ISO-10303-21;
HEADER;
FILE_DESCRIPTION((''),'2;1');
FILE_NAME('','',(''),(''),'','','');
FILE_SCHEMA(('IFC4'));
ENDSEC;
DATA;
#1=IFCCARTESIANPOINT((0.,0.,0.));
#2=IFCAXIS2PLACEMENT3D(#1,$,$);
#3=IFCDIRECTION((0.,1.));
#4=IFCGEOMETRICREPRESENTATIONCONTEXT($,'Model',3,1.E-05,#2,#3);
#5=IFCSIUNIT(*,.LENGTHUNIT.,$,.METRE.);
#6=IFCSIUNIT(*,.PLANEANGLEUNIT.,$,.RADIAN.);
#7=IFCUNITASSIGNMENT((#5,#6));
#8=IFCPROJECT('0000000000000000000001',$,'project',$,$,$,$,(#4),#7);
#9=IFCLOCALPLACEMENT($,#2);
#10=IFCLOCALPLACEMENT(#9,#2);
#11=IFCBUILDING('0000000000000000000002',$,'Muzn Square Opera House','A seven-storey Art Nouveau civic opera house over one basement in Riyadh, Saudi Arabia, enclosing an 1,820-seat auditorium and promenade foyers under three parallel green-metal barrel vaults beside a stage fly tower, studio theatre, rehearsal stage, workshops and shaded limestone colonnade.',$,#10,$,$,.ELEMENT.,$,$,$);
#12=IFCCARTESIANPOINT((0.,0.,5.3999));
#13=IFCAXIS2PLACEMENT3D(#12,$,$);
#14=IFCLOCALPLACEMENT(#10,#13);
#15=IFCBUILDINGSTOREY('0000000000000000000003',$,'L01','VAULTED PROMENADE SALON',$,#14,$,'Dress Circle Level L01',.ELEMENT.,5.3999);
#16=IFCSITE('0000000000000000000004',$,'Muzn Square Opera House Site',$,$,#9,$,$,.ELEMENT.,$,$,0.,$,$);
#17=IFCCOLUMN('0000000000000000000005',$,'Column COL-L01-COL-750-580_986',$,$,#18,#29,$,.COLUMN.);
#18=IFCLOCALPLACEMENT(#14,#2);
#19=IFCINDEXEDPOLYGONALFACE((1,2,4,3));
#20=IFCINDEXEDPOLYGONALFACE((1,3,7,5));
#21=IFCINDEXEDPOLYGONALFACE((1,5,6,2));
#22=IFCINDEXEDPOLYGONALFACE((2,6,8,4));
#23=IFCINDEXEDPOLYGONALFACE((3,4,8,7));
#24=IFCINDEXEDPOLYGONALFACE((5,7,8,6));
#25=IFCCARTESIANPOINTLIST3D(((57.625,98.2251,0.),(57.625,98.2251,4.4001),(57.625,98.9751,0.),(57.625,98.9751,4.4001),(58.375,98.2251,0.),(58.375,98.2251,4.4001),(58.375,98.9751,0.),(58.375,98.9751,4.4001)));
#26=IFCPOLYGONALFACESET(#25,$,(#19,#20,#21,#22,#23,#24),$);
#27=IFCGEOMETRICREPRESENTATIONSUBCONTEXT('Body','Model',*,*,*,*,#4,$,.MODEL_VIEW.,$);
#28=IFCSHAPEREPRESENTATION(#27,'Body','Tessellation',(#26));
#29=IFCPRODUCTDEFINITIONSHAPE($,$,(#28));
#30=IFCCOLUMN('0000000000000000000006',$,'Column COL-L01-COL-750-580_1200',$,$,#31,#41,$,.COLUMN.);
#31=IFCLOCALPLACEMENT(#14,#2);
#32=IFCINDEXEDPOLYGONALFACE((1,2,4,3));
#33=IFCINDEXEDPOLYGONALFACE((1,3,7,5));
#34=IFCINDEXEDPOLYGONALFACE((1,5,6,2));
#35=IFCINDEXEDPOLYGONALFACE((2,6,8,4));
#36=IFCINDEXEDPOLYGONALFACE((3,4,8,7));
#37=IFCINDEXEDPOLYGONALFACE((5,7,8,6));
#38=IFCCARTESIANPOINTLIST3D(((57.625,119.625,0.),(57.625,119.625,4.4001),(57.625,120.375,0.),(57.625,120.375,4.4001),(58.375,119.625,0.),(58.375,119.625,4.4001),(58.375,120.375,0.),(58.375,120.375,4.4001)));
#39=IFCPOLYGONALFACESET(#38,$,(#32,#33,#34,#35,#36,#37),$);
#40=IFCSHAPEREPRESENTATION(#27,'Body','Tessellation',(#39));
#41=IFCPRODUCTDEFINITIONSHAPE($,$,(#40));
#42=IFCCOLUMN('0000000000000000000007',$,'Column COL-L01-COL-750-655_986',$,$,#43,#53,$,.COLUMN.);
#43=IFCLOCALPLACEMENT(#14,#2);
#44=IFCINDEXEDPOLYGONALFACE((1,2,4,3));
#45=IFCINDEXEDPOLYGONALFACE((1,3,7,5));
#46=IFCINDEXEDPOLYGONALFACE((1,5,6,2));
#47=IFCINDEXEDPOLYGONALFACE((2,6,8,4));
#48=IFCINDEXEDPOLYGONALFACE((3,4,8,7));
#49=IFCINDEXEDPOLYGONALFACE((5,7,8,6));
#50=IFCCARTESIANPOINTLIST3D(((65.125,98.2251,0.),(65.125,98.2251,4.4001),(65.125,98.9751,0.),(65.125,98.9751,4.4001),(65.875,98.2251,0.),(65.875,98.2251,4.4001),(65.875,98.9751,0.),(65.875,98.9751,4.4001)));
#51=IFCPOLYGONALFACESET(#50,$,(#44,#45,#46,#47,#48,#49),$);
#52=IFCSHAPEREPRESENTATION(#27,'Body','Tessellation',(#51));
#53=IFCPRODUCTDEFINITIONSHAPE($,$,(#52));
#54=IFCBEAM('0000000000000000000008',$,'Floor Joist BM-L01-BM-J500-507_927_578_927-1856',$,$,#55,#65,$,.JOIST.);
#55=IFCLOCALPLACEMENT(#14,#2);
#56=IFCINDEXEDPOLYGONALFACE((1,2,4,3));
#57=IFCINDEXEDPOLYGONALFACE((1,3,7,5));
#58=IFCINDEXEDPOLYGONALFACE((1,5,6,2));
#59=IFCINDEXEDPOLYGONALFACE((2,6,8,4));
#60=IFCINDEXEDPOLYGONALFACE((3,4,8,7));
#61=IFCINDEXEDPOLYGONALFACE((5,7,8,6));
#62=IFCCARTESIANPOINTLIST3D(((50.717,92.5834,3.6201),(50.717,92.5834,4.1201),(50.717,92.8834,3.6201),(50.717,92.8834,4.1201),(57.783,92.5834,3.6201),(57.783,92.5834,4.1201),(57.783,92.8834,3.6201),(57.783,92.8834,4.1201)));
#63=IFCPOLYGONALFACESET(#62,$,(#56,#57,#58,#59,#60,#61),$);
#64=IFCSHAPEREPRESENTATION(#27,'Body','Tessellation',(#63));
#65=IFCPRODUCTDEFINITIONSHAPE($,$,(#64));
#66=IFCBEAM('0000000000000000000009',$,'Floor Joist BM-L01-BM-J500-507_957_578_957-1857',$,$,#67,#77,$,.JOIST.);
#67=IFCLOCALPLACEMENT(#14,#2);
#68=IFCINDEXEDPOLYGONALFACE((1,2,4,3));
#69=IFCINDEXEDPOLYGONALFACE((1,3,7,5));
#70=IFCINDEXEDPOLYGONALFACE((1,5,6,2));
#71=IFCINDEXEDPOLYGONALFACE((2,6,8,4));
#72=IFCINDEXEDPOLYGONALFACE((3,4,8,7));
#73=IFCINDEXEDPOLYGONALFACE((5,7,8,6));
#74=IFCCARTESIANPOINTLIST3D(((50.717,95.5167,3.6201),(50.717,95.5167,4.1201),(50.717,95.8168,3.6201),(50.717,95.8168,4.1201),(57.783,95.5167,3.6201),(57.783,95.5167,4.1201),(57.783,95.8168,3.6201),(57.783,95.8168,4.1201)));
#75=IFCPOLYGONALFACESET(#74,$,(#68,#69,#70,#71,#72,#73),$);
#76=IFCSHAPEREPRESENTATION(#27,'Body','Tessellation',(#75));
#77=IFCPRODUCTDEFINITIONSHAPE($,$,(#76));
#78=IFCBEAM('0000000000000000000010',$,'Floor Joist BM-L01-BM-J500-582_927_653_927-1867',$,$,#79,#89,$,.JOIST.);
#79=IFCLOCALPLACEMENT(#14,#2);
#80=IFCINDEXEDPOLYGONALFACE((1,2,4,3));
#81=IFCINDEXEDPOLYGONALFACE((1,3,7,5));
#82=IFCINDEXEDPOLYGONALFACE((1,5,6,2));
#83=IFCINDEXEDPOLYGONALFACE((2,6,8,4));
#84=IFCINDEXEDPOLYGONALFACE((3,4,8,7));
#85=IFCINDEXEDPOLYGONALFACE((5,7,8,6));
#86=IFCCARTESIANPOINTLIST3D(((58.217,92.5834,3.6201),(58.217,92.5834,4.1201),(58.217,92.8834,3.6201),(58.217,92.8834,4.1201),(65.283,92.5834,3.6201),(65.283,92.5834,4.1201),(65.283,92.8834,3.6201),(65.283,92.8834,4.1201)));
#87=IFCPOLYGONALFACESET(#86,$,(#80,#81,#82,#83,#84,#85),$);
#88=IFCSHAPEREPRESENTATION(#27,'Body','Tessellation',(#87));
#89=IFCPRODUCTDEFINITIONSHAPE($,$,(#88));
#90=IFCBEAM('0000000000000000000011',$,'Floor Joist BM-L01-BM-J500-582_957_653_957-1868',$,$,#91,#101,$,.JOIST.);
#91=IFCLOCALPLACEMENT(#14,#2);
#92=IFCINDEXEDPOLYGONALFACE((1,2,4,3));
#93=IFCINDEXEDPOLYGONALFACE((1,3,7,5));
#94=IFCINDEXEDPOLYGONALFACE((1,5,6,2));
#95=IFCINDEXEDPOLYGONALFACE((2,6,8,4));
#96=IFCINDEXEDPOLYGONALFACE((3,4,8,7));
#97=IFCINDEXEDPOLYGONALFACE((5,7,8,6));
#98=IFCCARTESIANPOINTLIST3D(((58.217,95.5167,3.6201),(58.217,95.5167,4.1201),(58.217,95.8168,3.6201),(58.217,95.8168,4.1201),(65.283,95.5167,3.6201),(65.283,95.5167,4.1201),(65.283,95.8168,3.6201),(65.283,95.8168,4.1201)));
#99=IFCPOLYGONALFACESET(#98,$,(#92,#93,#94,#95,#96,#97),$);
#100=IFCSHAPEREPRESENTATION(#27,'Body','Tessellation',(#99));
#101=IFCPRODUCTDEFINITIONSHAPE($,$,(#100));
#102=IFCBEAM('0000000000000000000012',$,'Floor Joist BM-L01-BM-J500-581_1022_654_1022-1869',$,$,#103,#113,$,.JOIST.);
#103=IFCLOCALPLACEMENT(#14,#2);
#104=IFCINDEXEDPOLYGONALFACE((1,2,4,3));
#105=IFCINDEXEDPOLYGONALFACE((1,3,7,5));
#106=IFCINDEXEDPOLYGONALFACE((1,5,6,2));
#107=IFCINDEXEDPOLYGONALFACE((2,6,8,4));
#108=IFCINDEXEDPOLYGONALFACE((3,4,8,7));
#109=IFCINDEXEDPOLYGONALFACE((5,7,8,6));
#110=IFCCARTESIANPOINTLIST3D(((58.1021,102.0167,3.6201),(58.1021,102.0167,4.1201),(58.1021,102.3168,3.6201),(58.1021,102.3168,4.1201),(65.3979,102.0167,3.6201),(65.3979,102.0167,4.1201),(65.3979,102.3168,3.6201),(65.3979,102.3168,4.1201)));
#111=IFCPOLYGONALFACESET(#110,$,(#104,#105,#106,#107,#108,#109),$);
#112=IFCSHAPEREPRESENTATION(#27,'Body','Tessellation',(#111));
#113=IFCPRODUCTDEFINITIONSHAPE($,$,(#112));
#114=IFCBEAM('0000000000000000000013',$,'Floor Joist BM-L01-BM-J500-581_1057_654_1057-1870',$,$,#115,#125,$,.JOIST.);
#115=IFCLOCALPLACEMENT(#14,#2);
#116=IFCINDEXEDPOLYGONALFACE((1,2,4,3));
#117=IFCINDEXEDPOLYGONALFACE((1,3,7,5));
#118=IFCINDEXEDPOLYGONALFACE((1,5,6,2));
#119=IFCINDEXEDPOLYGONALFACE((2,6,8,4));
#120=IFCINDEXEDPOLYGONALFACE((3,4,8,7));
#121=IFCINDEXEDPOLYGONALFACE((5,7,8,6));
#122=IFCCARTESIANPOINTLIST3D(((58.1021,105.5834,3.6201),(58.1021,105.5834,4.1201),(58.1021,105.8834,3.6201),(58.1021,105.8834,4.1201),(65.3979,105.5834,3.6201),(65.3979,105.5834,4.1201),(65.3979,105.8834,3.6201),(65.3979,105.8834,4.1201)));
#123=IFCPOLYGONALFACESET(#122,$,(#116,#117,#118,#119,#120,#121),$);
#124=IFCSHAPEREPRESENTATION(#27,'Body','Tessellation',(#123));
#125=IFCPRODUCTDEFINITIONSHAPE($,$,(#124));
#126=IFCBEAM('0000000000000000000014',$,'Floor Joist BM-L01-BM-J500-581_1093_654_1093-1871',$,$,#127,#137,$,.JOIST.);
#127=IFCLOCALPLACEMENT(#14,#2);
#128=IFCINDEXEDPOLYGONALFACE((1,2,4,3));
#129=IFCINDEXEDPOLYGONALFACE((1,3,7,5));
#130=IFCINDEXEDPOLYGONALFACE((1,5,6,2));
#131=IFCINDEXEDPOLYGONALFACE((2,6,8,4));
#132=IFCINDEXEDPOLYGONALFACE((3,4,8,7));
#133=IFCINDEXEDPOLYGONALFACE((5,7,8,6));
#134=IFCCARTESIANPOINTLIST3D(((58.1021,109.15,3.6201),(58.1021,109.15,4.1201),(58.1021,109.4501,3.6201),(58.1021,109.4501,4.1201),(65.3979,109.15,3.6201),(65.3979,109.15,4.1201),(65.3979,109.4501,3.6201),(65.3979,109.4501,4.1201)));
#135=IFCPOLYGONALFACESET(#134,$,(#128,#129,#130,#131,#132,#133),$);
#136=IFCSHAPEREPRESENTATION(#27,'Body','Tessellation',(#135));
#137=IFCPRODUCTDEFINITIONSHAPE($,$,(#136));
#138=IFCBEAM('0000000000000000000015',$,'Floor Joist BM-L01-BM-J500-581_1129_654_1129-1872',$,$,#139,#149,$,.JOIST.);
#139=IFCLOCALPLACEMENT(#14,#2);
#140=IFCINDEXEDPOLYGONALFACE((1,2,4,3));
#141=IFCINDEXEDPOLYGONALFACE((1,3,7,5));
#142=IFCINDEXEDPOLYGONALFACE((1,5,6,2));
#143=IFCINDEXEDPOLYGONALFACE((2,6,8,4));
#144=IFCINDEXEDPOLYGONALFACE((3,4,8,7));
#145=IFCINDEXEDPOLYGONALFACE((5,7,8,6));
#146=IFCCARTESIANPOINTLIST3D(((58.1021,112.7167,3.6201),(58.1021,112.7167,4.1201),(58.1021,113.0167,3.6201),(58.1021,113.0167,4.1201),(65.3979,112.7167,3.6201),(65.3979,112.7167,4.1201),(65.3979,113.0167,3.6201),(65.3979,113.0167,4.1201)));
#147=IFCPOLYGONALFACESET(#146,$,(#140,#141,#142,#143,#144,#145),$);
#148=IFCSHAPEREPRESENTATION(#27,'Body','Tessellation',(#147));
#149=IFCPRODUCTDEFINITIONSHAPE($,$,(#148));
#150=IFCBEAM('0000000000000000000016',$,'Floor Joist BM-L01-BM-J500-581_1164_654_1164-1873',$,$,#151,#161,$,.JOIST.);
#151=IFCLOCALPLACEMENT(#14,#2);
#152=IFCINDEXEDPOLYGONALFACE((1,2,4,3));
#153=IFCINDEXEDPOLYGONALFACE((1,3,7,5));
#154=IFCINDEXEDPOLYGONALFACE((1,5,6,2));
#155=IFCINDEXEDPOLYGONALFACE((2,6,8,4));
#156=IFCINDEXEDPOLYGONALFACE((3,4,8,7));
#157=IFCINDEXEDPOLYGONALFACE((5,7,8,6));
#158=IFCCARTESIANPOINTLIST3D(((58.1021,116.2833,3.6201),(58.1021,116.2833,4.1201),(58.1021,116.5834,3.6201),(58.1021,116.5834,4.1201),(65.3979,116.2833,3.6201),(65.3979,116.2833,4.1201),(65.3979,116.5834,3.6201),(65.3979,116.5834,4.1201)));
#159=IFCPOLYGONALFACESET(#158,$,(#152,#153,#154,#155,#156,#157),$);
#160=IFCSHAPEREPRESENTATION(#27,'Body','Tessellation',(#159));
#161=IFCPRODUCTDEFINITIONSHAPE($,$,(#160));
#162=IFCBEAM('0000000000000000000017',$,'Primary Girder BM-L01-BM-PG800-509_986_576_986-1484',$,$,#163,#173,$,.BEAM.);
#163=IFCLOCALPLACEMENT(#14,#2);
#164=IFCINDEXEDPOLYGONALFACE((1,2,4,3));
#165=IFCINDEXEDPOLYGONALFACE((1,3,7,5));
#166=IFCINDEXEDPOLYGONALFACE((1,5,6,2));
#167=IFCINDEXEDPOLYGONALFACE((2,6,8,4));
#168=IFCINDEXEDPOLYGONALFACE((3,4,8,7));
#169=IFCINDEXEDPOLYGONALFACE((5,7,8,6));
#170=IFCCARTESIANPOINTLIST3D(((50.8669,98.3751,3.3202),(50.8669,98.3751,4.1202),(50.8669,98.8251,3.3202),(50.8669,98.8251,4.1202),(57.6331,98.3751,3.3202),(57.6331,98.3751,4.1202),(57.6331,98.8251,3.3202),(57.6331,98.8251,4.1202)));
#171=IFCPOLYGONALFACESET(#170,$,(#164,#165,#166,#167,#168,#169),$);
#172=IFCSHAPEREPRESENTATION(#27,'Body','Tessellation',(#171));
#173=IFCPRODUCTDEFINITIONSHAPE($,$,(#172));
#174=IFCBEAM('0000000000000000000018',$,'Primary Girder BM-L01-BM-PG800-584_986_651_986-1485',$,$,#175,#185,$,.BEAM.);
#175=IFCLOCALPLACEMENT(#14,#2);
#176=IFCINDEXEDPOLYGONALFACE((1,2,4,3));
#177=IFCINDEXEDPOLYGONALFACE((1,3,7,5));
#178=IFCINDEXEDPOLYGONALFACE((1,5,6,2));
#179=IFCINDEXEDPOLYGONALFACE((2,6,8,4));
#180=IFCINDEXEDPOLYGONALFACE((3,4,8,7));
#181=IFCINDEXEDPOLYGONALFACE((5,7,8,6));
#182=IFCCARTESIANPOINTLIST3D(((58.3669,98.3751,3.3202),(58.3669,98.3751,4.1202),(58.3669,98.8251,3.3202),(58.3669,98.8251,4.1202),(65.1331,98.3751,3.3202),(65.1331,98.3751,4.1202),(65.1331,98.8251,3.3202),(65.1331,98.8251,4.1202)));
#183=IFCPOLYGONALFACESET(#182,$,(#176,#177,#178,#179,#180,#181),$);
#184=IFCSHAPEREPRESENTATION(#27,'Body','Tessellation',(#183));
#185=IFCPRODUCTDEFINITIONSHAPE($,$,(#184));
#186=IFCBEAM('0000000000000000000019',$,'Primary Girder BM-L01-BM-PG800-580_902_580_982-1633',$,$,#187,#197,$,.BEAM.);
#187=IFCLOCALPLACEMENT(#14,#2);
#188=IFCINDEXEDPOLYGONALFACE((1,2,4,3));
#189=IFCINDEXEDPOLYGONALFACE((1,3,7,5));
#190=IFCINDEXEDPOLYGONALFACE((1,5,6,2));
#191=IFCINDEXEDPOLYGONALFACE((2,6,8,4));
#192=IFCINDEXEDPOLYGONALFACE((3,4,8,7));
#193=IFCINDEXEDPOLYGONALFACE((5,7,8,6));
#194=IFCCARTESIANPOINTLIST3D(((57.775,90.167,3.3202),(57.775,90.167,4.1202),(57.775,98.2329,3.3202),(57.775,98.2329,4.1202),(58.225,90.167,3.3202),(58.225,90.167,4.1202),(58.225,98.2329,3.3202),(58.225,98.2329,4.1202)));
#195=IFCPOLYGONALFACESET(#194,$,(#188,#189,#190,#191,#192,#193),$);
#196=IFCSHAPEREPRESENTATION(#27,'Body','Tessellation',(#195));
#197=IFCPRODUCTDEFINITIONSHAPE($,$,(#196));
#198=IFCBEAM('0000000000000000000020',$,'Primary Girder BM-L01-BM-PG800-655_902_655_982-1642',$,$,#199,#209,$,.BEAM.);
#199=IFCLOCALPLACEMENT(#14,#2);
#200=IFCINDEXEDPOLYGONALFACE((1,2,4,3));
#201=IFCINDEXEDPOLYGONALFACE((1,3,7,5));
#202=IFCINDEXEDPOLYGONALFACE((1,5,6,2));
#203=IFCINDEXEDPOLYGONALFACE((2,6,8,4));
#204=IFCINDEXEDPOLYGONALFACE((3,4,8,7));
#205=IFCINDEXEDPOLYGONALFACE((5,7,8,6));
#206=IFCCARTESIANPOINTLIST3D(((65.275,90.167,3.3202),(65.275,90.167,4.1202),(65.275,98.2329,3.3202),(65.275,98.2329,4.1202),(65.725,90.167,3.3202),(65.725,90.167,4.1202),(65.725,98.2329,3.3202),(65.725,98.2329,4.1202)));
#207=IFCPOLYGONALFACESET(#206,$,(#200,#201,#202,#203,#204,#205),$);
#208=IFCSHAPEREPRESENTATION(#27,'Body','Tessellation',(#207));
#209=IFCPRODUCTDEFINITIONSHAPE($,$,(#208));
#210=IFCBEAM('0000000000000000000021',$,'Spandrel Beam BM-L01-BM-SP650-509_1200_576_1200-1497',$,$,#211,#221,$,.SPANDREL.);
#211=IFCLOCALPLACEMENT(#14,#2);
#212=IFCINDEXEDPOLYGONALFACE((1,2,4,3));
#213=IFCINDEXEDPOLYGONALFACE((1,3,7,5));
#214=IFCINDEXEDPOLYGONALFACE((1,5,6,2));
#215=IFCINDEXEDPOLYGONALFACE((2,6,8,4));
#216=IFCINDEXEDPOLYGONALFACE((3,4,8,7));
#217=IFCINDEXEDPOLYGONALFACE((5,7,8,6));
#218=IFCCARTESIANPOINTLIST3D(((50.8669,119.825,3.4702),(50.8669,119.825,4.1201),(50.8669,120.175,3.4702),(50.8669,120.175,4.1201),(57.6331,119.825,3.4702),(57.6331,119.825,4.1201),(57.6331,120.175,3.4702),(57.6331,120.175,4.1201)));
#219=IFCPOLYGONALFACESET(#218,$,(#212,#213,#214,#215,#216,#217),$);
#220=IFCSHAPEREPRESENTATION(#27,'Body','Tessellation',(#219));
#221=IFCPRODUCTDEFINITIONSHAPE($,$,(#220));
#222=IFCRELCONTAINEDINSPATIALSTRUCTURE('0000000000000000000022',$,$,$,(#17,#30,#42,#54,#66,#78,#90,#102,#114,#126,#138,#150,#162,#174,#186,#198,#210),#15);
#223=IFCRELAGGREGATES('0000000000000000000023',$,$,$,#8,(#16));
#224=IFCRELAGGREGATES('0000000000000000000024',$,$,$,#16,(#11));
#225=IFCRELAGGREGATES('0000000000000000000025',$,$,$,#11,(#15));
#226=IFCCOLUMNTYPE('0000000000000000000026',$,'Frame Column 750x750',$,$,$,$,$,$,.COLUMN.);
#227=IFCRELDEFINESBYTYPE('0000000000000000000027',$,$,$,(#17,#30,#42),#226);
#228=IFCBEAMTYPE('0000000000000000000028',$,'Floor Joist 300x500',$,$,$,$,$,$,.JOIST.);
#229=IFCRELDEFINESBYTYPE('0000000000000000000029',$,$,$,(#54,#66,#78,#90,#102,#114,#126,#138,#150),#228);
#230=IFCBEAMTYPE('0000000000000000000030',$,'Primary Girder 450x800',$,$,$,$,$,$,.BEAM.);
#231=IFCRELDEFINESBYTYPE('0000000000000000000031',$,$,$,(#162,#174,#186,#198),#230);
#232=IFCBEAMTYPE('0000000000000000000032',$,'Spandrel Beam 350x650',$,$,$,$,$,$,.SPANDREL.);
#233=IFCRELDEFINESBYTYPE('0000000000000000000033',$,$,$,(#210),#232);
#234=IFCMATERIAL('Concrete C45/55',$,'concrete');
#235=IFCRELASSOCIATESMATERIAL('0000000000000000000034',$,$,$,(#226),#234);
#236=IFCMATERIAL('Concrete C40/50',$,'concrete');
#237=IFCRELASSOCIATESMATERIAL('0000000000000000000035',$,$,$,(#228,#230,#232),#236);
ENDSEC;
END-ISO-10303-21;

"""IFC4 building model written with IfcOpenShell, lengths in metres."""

from ifc_helpers import new_model, si_unit, direction, frame, origin, origin_2d, place, context, subcontext, project, spatial, rectangle, extrude, material, material_profile, profile_set, type_object, element, save


model = new_model("IFC4")

# Units and contexts
model_context = context("Model", 3, precision=1e-05, world=origin(), true_north=direction((0.0, 1.0)))
body_context = subcontext(model_context, "Body", "Model", "MODEL_VIEW")
ifc_project = project(units=[si_unit("LENGTHUNIT", "METRE"), si_unit("PLANEANGLEUNIT", "RADIAN")], contexts=[model_context])

# Site, building, storey
site_placement = place(None, origin())
site = spatial("IfcSite", under=ifc_project, at=site_placement, Name="Muzn Square Opera House Site", CompositionType="ELEMENT", RefElevation=0.0)
building_placement = place(site_placement, origin())
building = spatial("IfcBuilding", under=site, at=building_placement, Name="Muzn Square Opera House", Description="A seven-storey Art Nouveau civic opera house over one basement in Riyadh, Saudi Arabia, enclosing an 1,820-seat auditorium and promenade foyers under three parallel green-metal barrel vaults beside a stage fly tower, studio theatre, rehearsal stage, workshops and shaded limestone colonnade.", CompositionType="ELEMENT")
storey_placement = place(building_placement, frame((0.0, 0.0, 5.3999)))
storey = spatial("IfcBuildingStorey", under=building, at=storey_placement, Name="L01", Description="VAULTED PROMENADE SALON", LongName="Dress Circle Level L01", CompositionType="ELEMENT", Elevation=5.3999)

# Columns
ifc_material_1 = material(Name="Concrete C45/55", Category="concrete")
ifc_material_profile_1 = material_profile(ifc_material_1, rectangle(XDim=0.75, YDim=0.75, at=origin_2d()), Name="RC 750x750", Category="concrete")
ifc_profile_set_1 = profile_set([ifc_material_profile_1], Name="Concrete C45/55")
column_type = type_object("IfcColumnType", Name="Frame Column 750x750", PredefinedType="COLUMN", material=ifc_profile_set_1)
for number, where, z_axis, x_axis, name in (
    (1, (58.0, 98.6001, 0.0), (0.0, 0.0, 1.0), (1.0, 0.0, 0.0), "Column COL-L01-COL-750-580_986"),
    (2, (58.0, 120.0, 0.0), (0.0, 0.0, 1.0), (1.0, 0.0, 0.0), "Column COL-L01-COL-750-580_1200"),
    (3, (65.5, 98.6001, 0.0), (0.0, 0.0, 1.0), (1.0, 0.0, 0.0), "Column COL-L01-COL-750-655_986"),
):
    element("IfcColumn", number, at=place(storey_placement, frame(where, z_axis=z_axis, x_axis=x_axis)), inside=storey, type_object=column_type, Name=name, PredefinedType="COLUMN", context=body_context, shape_type="SweptSolid", body=[
        extrude(rectangle(XDim=0.75, YDim=0.75, at=origin_2d()), origin(), (0.0, 0.0, 1.0), 4.4001),
    ])

# Beams
ifc_material_2 = material(Name="Concrete C40/50", Category="concrete")
ifc_material_profile_2 = material_profile(ifc_material_2, rectangle(XDim=0.3, YDim=0.5, at=origin_2d()), Name="RCJ 300x500", Category="concrete")
ifc_profile_set_2 = profile_set([ifc_material_profile_2], Name="Concrete C40/50")
beam_type_1 = type_object("IfcBeamType", Name="Floor Joist 300x500", PredefinedType="JOIST", material=ifc_profile_set_2)
for number, where, z_axis, x_axis, name in (
    (4, (50.717, 92.7334, 3.8701), (1.0, 0.0, 0.0), (0.0, 1.0, 0.0), "Floor Joist BM-L01-BM-J500-507_927_578_927-1856"),
    (5, (50.717, 95.6667, 3.8701), (1.0, 0.0, 0.0), (0.0, 1.0, 0.0), "Floor Joist BM-L01-BM-J500-507_957_578_957-1857"),
    (6, (58.217, 92.7334, 3.8701), (1.0, 0.0, 0.0), (0.0, 1.0, 0.0), "Floor Joist BM-L01-BM-J500-582_927_653_927-1867"),
    (7, (58.217, 95.6667, 3.8701), (1.0, 0.0, 0.0), (0.0, 1.0, 0.0), "Floor Joist BM-L01-BM-J500-582_957_653_957-1868"),
):
    element("IfcBeam", number, at=place(storey_placement, frame(where, z_axis=z_axis, x_axis=x_axis)), inside=storey, type_object=beam_type_1, Name=name, PredefinedType="JOIST", context=body_context, shape_type="SweptSolid", body=[
        extrude(rectangle(XDim=0.3, YDim=0.5, at=origin_2d()), origin(), (0.0, 0.0, 1.0), 7.0659),
    ])
for number, where, z_axis, x_axis, name in (
    (8, (58.1021, 102.1667, 3.8701), (1.0, 0.0, 0.0), (0.0, 1.0, 0.0), "Floor Joist BM-L01-BM-J500-581_1022_654_1022-1869"),
    (9, (58.1021, 105.7334, 3.8701), (1.0, 0.0, 0.0), (0.0, 1.0, 0.0), "Floor Joist BM-L01-BM-J500-581_1057_654_1057-1870"),
    (10, (58.1021, 109.3, 3.8701), (1.0, 0.0, 0.0), (0.0, 1.0, 0.0), "Floor Joist BM-L01-BM-J500-581_1093_654_1093-1871"),
    (11, (58.1021, 112.8667, 3.8701), (1.0, 0.0, 0.0), (0.0, 1.0, 0.0), "Floor Joist BM-L01-BM-J500-581_1129_654_1129-1872"),
    (12, (58.1021, 116.4333, 3.8701), (1.0, 0.0, 0.0), (0.0, 1.0, 0.0), "Floor Joist BM-L01-BM-J500-581_1164_654_1164-1873"),
):
    element("IfcBeam", number, at=place(storey_placement, frame(where, z_axis=z_axis, x_axis=x_axis)), inside=storey, type_object=beam_type_1, Name=name, PredefinedType="JOIST", context=body_context, shape_type="SweptSolid", body=[
        extrude(rectangle(XDim=0.3, YDim=0.5, at=origin_2d()), origin(), (0.0, 0.0, 1.0), 7.2959),
    ])
ifc_material_profile_3 = material_profile(ifc_material_2, rectangle(XDim=0.45, YDim=0.8, at=origin_2d()), Name="RCB 450x800", Category="concrete")
ifc_profile_set_3 = profile_set([ifc_material_profile_3], Name="Concrete C40/50")
beam_type_2 = type_object("IfcBeamType", Name="Primary Girder 450x800", PredefinedType="BEAM", material=ifc_profile_set_3)
for number, where, z_axis, x_axis, name in (
    (13, (50.8669, 98.6001, 3.7202), (1.0, 0.0, 0.0), (0.0, 1.0, 0.0), "Primary Girder BM-L01-BM-PG800-509_986_576_986-1484"),
    (14, (58.3669, 98.6001, 3.7202), (1.0, 0.0, 0.0), (0.0, 1.0, 0.0), "Primary Girder BM-L01-BM-PG800-584_986_651_986-1485"),
):
    element("IfcBeam", number, at=place(storey_placement, frame(where, z_axis=z_axis, x_axis=x_axis)), inside=storey, type_object=beam_type_2, Name=name, PredefinedType="BEAM", context=body_context, shape_type="SweptSolid", body=[
        extrude(rectangle(XDim=0.45, YDim=0.8, at=origin_2d()), origin(), (0.0, 0.0, 1.0), 6.7661),
    ])
for number, where, z_axis, x_axis, name in (
    (15, (58.0, 90.167, 3.7202), (0.0, 1.0, 0.0), (-1.0, 0.0, 0.0), "Primary Girder BM-L01-BM-PG800-580_902_580_982-1633"),
    (16, (65.5, 90.167, 3.7202), (0.0, 1.0, 0.0), (-1.0, 0.0, 0.0), "Primary Girder BM-L01-BM-PG800-655_902_655_982-1642"),
):
    element("IfcBeam", number, at=place(storey_placement, frame(where, z_axis=z_axis, x_axis=x_axis)), inside=storey, type_object=beam_type_2, Name=name, PredefinedType="BEAM", context=body_context, shape_type="SweptSolid", body=[
        extrude(rectangle(XDim=0.45, YDim=0.8, at=origin_2d()), origin(), (0.0, 0.0, 1.0), 8.0659),
    ])
ifc_material_profile_4 = material_profile(ifc_material_2, rectangle(XDim=0.3501, YDim=0.6499, at=origin_2d()), Name="RCS 350x650", Category="concrete")
ifc_profile_set_4 = profile_set([ifc_material_profile_4], Name="Concrete C40/50")
beam_type_3 = type_object("IfcBeamType", Name="Spandrel Beam 350x650", PredefinedType="SPANDREL", material=ifc_profile_set_4)
for number, where, z_axis, x_axis, name in (
    (17, (50.8669, 120.0, 3.7952), (1.0, 0.0, 0.0), (0.0, 1.0, 0.0), "Spandrel Beam BM-L01-BM-SP650-509_1200_576_1200-1497"),
):
    element("IfcBeam", number, at=place(storey_placement, frame(where, z_axis=z_axis, x_axis=x_axis)), inside=storey, type_object=beam_type_3, Name=name, PredefinedType="SPANDREL", context=body_context, shape_type="SweptSolid", body=[
        extrude(rectangle(XDim=0.3501, YDim=0.6499, at=origin_2d()), origin(), (0.0, 0.0, 1.0), 6.7661),
    ])

save(model, "model.ifc")
